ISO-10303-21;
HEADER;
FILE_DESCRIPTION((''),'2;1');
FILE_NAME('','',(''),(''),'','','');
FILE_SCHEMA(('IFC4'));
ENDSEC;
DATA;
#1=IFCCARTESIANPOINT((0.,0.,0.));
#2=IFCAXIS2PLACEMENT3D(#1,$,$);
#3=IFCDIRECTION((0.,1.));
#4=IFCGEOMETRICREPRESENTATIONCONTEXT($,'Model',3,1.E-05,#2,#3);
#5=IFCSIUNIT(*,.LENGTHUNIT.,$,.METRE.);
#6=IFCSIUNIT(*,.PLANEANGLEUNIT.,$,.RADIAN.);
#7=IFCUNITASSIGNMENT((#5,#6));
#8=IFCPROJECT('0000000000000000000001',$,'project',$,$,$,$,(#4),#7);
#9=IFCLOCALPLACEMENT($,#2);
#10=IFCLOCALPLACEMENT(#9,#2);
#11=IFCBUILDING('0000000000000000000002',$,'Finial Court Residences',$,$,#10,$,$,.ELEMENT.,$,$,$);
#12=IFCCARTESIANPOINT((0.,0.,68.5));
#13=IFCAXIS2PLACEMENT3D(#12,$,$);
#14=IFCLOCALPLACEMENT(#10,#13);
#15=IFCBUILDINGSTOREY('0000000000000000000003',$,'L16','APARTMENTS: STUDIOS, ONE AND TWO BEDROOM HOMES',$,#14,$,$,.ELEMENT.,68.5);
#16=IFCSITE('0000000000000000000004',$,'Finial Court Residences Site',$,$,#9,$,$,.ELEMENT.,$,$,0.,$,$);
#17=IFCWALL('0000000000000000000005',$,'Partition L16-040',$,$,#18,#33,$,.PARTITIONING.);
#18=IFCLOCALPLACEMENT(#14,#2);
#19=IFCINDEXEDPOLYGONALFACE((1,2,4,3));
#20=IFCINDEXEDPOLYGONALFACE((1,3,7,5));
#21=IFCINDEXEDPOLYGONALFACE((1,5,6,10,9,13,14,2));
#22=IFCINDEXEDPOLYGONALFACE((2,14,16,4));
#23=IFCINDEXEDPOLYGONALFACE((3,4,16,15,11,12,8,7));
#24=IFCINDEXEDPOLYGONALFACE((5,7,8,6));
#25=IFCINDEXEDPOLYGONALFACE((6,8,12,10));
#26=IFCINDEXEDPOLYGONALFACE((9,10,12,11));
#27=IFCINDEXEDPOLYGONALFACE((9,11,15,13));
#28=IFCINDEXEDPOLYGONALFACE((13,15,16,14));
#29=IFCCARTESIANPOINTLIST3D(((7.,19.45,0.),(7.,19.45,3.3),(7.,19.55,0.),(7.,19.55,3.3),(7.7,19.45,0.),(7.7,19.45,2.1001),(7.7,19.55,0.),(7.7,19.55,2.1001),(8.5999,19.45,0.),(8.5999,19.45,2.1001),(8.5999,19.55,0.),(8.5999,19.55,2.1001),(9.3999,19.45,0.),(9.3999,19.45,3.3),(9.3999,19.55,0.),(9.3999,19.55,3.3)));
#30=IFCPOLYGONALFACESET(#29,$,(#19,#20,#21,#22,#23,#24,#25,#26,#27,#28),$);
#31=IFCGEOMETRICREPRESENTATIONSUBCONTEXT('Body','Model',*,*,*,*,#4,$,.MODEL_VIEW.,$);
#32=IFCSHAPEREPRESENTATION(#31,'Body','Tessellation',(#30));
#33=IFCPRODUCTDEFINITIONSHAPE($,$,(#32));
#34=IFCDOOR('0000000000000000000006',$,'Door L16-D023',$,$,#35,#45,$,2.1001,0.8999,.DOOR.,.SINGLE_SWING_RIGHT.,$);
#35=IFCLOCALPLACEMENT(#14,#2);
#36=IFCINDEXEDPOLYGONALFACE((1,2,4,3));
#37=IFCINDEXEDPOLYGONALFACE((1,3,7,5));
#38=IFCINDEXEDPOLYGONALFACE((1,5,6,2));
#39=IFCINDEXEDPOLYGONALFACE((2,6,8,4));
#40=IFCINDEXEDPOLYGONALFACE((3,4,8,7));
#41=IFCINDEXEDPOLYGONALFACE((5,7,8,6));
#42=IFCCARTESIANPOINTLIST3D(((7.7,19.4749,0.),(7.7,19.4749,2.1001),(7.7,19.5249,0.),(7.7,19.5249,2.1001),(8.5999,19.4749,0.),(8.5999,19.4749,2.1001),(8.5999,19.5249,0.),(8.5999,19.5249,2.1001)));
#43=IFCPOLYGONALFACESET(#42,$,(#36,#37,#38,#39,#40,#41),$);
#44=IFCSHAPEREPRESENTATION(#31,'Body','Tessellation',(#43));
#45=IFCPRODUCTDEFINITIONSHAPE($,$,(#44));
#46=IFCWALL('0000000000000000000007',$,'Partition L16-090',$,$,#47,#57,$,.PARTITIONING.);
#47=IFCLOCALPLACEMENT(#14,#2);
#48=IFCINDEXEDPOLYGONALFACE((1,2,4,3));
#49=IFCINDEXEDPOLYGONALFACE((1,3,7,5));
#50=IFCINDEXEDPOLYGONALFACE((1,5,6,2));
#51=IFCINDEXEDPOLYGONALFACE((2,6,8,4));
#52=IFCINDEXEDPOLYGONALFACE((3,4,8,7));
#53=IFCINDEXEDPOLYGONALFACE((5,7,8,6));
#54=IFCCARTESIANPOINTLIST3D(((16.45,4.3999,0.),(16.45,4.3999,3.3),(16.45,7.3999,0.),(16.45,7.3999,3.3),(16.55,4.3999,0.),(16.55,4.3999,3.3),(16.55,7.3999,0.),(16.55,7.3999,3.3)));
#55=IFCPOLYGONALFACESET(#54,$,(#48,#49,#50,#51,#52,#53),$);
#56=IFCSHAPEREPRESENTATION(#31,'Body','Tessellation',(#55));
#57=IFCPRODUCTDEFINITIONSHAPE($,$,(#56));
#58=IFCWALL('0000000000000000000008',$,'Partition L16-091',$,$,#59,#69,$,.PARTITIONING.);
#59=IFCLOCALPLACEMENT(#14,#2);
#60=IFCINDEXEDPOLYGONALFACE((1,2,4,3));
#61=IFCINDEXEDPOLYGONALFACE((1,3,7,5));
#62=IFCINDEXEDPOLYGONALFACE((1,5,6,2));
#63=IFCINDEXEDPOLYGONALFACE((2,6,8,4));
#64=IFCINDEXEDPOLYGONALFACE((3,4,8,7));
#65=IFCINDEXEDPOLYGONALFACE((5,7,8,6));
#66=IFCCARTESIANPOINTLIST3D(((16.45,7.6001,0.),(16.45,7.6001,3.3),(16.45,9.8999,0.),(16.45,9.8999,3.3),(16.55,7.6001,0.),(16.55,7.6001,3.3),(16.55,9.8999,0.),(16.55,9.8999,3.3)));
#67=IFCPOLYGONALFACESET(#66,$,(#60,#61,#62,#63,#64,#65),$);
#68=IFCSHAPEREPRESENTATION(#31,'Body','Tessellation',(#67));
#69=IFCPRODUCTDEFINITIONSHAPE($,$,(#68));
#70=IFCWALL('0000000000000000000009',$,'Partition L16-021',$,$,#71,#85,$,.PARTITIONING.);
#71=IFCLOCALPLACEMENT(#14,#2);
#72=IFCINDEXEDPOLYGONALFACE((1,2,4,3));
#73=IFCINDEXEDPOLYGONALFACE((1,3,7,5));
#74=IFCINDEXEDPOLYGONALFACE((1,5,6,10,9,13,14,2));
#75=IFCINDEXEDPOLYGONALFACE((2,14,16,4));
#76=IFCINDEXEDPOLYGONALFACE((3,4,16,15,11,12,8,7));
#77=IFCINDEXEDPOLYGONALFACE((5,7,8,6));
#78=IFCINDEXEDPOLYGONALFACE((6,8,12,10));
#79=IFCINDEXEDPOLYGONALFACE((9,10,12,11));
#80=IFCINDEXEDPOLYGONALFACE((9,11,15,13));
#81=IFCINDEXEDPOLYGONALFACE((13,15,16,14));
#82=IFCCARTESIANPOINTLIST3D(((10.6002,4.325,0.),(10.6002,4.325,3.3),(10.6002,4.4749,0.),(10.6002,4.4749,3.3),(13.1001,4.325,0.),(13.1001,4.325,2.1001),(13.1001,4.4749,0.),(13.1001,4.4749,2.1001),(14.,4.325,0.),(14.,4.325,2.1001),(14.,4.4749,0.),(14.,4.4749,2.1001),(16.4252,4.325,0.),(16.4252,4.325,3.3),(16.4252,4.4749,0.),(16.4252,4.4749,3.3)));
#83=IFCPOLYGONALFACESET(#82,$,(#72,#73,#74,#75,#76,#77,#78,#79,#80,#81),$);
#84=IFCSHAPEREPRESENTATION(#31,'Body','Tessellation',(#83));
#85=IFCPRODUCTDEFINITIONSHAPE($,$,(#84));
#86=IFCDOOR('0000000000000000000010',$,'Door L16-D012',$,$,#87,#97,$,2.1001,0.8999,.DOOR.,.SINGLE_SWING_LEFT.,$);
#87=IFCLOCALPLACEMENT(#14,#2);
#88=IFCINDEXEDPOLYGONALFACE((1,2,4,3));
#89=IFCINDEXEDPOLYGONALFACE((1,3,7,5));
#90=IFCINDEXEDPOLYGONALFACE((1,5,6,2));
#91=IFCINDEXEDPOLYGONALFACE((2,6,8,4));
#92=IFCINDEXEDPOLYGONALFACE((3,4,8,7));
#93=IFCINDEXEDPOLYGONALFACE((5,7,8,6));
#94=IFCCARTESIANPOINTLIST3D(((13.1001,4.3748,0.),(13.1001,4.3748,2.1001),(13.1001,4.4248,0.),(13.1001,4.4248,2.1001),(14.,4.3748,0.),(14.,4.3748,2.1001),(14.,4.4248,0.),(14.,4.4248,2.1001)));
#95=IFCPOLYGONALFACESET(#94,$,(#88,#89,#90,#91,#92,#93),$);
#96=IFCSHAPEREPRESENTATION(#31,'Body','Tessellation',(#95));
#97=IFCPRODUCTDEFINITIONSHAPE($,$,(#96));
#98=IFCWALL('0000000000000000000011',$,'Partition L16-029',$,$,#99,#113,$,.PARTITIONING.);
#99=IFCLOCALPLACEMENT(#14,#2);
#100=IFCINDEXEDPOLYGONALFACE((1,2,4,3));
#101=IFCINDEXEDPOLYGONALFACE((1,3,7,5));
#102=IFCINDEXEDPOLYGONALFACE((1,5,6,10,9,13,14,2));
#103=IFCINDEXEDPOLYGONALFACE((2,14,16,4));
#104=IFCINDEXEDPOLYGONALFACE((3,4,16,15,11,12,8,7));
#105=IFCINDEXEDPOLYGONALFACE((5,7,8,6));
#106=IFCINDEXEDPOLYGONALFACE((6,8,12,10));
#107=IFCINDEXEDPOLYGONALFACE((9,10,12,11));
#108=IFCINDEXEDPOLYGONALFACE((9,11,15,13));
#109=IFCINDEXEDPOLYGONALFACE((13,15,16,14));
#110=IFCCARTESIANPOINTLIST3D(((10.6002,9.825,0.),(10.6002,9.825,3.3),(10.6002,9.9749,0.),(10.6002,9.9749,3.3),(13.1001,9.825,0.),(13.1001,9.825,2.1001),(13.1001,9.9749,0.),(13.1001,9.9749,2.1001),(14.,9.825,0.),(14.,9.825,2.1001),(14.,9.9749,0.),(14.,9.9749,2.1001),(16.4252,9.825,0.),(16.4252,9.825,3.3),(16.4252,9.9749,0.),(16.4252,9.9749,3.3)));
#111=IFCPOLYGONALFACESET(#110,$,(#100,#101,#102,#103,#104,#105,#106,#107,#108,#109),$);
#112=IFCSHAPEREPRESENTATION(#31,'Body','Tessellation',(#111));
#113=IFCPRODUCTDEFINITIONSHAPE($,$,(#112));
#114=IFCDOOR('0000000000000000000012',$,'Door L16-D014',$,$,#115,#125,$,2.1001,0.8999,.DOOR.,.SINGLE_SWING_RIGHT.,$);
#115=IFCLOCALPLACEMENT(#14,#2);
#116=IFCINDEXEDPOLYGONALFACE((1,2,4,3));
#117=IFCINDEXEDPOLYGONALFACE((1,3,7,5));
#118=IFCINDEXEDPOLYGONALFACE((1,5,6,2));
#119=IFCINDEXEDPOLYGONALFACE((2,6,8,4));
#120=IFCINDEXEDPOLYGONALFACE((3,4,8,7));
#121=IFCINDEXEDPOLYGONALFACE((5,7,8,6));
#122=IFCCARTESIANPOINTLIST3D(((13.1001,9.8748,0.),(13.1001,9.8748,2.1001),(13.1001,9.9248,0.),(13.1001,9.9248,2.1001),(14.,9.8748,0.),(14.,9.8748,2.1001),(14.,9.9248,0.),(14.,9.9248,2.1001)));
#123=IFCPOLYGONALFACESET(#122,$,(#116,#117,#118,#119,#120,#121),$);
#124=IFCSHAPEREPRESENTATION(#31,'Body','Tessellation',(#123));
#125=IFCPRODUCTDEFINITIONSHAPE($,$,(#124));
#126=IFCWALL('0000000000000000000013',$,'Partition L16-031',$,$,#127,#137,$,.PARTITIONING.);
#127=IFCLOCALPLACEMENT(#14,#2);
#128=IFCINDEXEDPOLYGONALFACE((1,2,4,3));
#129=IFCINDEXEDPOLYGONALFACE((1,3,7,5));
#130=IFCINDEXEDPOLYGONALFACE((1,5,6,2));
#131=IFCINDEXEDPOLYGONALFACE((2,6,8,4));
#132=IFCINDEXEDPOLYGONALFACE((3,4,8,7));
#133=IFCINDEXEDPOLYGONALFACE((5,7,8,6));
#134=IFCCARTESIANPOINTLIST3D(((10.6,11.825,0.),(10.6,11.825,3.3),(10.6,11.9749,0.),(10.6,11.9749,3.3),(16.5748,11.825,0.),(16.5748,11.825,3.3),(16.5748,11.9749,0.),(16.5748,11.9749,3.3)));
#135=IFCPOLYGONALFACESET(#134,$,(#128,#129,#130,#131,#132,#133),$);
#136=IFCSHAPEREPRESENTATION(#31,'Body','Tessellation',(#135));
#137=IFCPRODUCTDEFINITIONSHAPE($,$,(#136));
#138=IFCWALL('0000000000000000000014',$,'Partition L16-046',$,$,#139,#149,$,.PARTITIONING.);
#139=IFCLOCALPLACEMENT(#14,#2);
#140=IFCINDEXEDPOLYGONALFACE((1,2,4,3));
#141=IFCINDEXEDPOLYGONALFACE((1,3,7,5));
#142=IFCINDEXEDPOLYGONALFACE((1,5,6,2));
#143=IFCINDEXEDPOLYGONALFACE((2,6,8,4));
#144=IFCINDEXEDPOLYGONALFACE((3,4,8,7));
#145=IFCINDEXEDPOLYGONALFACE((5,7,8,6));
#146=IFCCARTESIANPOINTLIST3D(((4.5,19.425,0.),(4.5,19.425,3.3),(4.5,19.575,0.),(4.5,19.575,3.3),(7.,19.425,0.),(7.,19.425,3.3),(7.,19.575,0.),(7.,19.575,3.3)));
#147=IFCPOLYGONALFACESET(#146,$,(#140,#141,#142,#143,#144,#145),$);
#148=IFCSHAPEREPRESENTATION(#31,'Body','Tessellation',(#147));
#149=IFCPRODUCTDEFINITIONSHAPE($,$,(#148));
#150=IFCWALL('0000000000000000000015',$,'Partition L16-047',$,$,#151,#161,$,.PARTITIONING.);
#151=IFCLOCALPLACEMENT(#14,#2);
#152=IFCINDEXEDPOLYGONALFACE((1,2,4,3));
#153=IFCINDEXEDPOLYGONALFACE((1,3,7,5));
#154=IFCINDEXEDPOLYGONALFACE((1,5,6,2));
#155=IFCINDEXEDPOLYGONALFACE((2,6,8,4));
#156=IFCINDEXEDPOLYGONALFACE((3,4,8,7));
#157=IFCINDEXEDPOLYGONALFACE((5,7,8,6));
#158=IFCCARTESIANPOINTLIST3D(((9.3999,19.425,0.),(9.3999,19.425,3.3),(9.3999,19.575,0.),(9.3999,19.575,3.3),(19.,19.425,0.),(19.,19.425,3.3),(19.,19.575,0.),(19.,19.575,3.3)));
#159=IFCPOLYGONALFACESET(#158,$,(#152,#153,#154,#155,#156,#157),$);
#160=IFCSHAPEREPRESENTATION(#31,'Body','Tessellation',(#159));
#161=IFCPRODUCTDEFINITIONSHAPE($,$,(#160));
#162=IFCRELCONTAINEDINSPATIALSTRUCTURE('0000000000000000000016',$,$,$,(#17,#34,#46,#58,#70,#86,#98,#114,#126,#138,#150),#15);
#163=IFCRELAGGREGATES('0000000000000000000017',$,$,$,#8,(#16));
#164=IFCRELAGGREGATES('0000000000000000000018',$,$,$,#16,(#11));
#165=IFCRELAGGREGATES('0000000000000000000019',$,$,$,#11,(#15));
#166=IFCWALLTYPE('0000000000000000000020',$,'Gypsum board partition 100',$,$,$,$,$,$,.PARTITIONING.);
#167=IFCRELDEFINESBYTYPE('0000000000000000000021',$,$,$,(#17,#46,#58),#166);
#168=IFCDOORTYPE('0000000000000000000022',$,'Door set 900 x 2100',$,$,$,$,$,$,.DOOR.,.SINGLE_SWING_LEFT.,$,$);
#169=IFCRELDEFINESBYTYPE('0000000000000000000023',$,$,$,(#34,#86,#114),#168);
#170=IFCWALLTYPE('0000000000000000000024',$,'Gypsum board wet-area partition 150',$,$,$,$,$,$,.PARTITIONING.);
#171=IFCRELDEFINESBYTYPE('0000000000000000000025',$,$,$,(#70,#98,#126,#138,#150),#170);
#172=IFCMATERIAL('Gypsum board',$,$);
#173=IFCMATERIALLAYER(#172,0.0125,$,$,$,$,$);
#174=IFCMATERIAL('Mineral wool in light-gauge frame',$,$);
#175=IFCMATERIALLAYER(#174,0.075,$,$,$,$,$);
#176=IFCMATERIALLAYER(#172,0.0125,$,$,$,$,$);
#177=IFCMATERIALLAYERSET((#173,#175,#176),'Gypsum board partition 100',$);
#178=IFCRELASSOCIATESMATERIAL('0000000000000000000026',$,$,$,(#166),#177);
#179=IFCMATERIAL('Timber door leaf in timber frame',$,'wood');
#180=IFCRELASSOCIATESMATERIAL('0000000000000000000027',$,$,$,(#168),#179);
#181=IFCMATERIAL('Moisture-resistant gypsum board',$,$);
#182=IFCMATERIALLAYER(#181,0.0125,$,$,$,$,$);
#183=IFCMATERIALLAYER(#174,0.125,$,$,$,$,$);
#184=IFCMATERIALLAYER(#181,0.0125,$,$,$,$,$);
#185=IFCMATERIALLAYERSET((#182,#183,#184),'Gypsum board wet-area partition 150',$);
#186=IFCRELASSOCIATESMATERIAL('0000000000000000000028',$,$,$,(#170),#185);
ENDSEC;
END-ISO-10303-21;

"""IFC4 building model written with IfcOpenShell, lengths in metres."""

from ifc_helpers import new_model, si_unit, direction, frame, frame_2d, origin, place, context, subcontext, project, spatial, rectangle, extrude, material, layer, layer_set, type_object, element, fill, save


model = new_model("IFC4")

# Units and contexts
model_context = context("Model", 3, precision=1e-05, world=origin(), true_north=direction((0.0, 1.0)))
body_context = subcontext(model_context, "Body", "Model", "MODEL_VIEW")
ifc_project = project(units=[si_unit("LENGTHUNIT", "METRE"), si_unit("PLANEANGLEUNIT", "RADIAN")], contexts=[model_context])

# Site, building, storey
site_placement = place(None, origin())
site = spatial("IfcSite", under=ifc_project, at=site_placement, Name="Finial Court Residences Site", CompositionType="ELEMENT", RefElevation=0.0)
building_placement = place(site_placement, origin())
building = spatial("IfcBuilding", under=site, at=building_placement, Name="Finial Court Residences", CompositionType="ELEMENT")
storey_placement = place(building_placement, frame((0.0, 0.0, 68.5)))
storey = spatial("IfcBuildingStorey", under=building, at=storey_placement, Name="L16", Description="APARTMENTS: STUDIOS, ONE AND TWO BEDROOM HOMES", CompositionType="ELEMENT", Elevation=68.5)

# Shared definitions
ifc_material_1 = material(Name="Gypsum board")
ifc_layer_1 = layer(ifc_material_1, 0.0125)
ifc_material_2 = material(Name="Mineral wool in light-gauge frame")
ifc_layer_2 = layer(ifc_material_2, 0.075)
ifc_layer_3 = layer(ifc_material_1, 0.0125)
ifc_layer_set_1 = layer_set([ifc_layer_1, ifc_layer_2, ifc_layer_3], Name="Gypsum board partition 100")
wall_type_1 = type_object("IfcWallType", Name="Gypsum board partition 100", PredefinedType="PARTITIONING", material=ifc_layer_set_1)

# Wall, opening, door
wall_1_placement = place(storey_placement, frame((7.0, 19.5, 0.0), z_axis=(0.0, 0.0, 1.0), x_axis=(1.0, 0.0, 0.0)))
wall_1 = element("IfcWall", 1, at=wall_1_placement, inside=storey, type_object=wall_type_1, Name="Partition L16-040", PredefinedType="PARTITIONING", context=body_context, shape_type="SweptSolid", body=[
    extrude(rectangle(XDim=2.3999, YDim=0.1001, at=frame_2d((1.2, 0.0))), origin(), (0.0, 0.0, 1.0), 3.3),
])
opening_1_placement = place(wall_1_placement, frame((0.7, 0.0, 0.0)))
opening_1 = element("IfcOpeningElement", 2, at=opening_1_placement, cuts=wall_1, PredefinedType="OPENING", context=body_context, shape_type="SweptSolid", body=[
    extrude(rectangle(XDim=0.8999, YDim=2.1001, at=frame_2d((0.45, 1.05))), frame((0.0, 0.0601, 0.0), z_axis=(0.0, -1.0, 0.0), x_axis=(1.0, 0.0, 0.0)), (0.0, 0.0, 1.0), 0.1201),
])
ifc_material_3 = material(Name="Timber door leaf in timber frame", Category="wood")
door_type = type_object("IfcDoorType", Name="Door set 900 x 2100", OperationType="SINGLE_SWING_LEFT", PredefinedType="DOOR", material=ifc_material_3)
door_1_placement = place(opening_1_placement, origin())
door_1 = element("IfcDoor", 3, at=door_1_placement, inside=storey, type_object=door_type, Name="Door L16-D023", OperationType="SINGLE_SWING_RIGHT", OverallHeight=2.1001, OverallWidth=0.8999, PredefinedType="DOOR", context=body_context, shape_type="SweptSolid", body=[
    extrude(rectangle(XDim=0.8999, YDim=2.1001, at=frame_2d((0.45, 1.05))), frame((0.0, 0.0249, 0.0), z_axis=(0.0, -1.0, 0.0), x_axis=(1.0, 0.0, 0.0)), (0.0, 0.0, 1.0), 0.05),
])
fill(opening_1, door_1)

# Walls
wall_2_placement = place(storey_placement, frame((16.5, 4.3999, 0.0), z_axis=(0.0, 0.0, 1.0), x_axis=(0.0, 1.0, 0.0)))
element("IfcWall", 4, at=wall_2_placement, inside=storey, type_object=wall_type_1, Name="Partition L16-090", PredefinedType="PARTITIONING", context=body_context, shape_type="SweptSolid", body=[
    extrude(rectangle(XDim=3.0, YDim=0.1001, at=frame_2d((1.5, 0.0))), origin(), (0.0, 0.0, 1.0), 3.3),
])
wall_3_placement = place(storey_placement, frame((16.5, 7.6001, 0.0), z_axis=(0.0, 0.0, 1.0), x_axis=(0.0, 1.0, 0.0)))
element("IfcWall", 5, at=wall_3_placement, inside=storey, type_object=wall_type_1, Name="Partition L16-091", PredefinedType="PARTITIONING", context=body_context, shape_type="SweptSolid", body=[
    extrude(rectangle(XDim=2.2998, YDim=0.1001, at=frame_2d((1.1499, 0.0))), origin(), (0.0, 0.0, 1.0), 3.3),
])

# Walls, openings, doors
ifc_material_4 = material(Name="Moisture-resistant gypsum board")
ifc_layer_4 = layer(ifc_material_4, 0.0125)
ifc_layer_5 = layer(ifc_material_2, 0.125)
ifc_layer_6 = layer(ifc_material_4, 0.0125)
ifc_layer_set_2 = layer_set([ifc_layer_4, ifc_layer_5, ifc_layer_6], Name="Gypsum board wet-area partition 150")
wall_type_2 = type_object("IfcWallType", Name="Gypsum board wet-area partition 150", PredefinedType="PARTITIONING", material=ifc_layer_set_2)
wall_4_placement = place(storey_placement, frame((10.6001, 4.3999, 0.0), z_axis=(0.0, 0.0, 1.0), x_axis=(1.0, 0.0, 0.0)))
wall_4 = element("IfcWall", 6, at=wall_4_placement, inside=storey, type_object=wall_type_2, Name="Partition L16-021", PredefinedType="PARTITIONING", context=body_context, shape_type="SweptSolid", body=[
    extrude(rectangle(XDim=5.825, YDim=0.1499, at=frame_2d((2.9126, 0.0))), origin(), (0.0, 0.0, 1.0), 3.3),
])
opening_2_placement = place(wall_4_placement, frame((2.5, 0.0, 0.0)))
opening_2 = element("IfcOpeningElement", 7, at=opening_2_placement, cuts=wall_4, PredefinedType="OPENING", context=body_context, shape_type="SweptSolid", body=[
    extrude(rectangle(XDim=0.8999, YDim=2.1001, at=frame_2d((0.45, 1.05))), frame((0.0, 0.085, 0.0), z_axis=(0.0, -1.0, 0.0), x_axis=(1.0, 0.0, 0.0)), (0.0, 0.0, 1.0), 0.1699),
])
door_2_placement = place(opening_2_placement, origin())
door_2 = element("IfcDoor", 8, at=door_2_placement, inside=storey, type_object=door_type, Name="Door L16-D012", OperationType="SINGLE_SWING_LEFT", OverallHeight=2.1001, OverallWidth=0.8999, PredefinedType="DOOR", context=body_context, shape_type="SweptSolid", body=[
    extrude(rectangle(XDim=0.8999, YDim=2.1001, at=frame_2d((0.45, 1.05))), frame((0.0, 0.0249, 0.0), z_axis=(0.0, -1.0, 0.0), x_axis=(1.0, 0.0, 0.0)), (0.0, 0.0, 1.0), 0.05),
])
fill(opening_2, door_2)
wall_5_placement = place(storey_placement, frame((10.6001, 9.8999, 0.0), z_axis=(0.0, 0.0, 1.0), x_axis=(1.0, 0.0, 0.0)))
wall_5 = element("IfcWall", 9, at=wall_5_placement, inside=storey, type_object=wall_type_2, Name="Partition L16-029", PredefinedType="PARTITIONING", context=body_context, shape_type="SweptSolid", body=[
    extrude(rectangle(XDim=5.825, YDim=0.1499, at=frame_2d((2.9126, 0.0))), origin(), (0.0, 0.0, 1.0), 3.3),
])
opening_3_placement = place(wall_5_placement, frame((2.5, 0.0, 0.0)))
opening_3 = element("IfcOpeningElement", 10, at=opening_3_placement, cuts=wall_5, PredefinedType="OPENING", context=body_context, shape_type="SweptSolid", body=[
    extrude(rectangle(XDim=0.8999, YDim=2.1001, at=frame_2d((0.45, 1.05))), frame((0.0, 0.085, 0.0), z_axis=(0.0, -1.0, 0.0), x_axis=(1.0, 0.0, 0.0)), (0.0, 0.0, 1.0), 0.1699),
])
door_3_placement = place(opening_3_placement, origin())
door_3 = element("IfcDoor", 11, at=door_3_placement, inside=storey, type_object=door_type, Name="Door L16-D014", OperationType="SINGLE_SWING_RIGHT", OverallHeight=2.1001, OverallWidth=0.8999, PredefinedType="DOOR", context=body_context, shape_type="SweptSolid", body=[
    extrude(rectangle(XDim=0.8999, YDim=2.1001, at=frame_2d((0.45, 1.05))), frame((0.0, 0.0249, 0.0), z_axis=(0.0, -1.0, 0.0), x_axis=(1.0, 0.0, 0.0)), (0.0, 0.0, 1.0), 0.05),
])
fill(opening_3, door_3)

# Walls
wall_6_placement = place(storey_placement, frame((10.6001, 11.8999, 0.0), z_axis=(0.0, 0.0, 1.0), x_axis=(1.0, 0.0, 0.0)))
element("IfcWall", 12, at=wall_6_placement, inside=storey, type_object=wall_type_2, Name="Partition L16-031", PredefinedType="PARTITIONING", context=body_context, shape_type="SweptSolid", body=[
    extrude(rectangle(XDim=5.9749, YDim=0.1499, at=frame_2d((2.9873, 0.0))), origin(), (0.0, 0.0, 1.0), 3.3),
])
wall_7_placement = place(storey_placement, frame((4.5, 19.5, 0.0), z_axis=(0.0, 0.0, 1.0), x_axis=(1.0, 0.0, 0.0)))
element("IfcWall", 13, at=wall_7_placement, inside=storey, type_object=wall_type_2, Name="Partition L16-046", PredefinedType="PARTITIONING", context=body_context, shape_type="SweptSolid", body=[
    extrude(rectangle(XDim=2.5, YDim=0.1499, at=frame_2d((1.25, 0.0))), origin(), (0.0, 0.0, 1.0), 3.3),
])
wall_8_placement = place(storey_placement, frame((9.3999, 19.5, 0.0), z_axis=(0.0, 0.0, 1.0), x_axis=(1.0, 0.0, 0.0)))
element("IfcWall", 14, at=wall_8_placement, inside=storey, type_object=wall_type_2, Name="Partition L16-047", PredefinedType="PARTITIONING", context=body_context, shape_type="SweptSolid", body=[
    extrude(rectangle(XDim=9.6001, YDim=0.1499, at=frame_2d((4.8, 0.0))), origin(), (0.0, 0.0, 1.0), 3.3),
])

save(model, "model.ifc")
